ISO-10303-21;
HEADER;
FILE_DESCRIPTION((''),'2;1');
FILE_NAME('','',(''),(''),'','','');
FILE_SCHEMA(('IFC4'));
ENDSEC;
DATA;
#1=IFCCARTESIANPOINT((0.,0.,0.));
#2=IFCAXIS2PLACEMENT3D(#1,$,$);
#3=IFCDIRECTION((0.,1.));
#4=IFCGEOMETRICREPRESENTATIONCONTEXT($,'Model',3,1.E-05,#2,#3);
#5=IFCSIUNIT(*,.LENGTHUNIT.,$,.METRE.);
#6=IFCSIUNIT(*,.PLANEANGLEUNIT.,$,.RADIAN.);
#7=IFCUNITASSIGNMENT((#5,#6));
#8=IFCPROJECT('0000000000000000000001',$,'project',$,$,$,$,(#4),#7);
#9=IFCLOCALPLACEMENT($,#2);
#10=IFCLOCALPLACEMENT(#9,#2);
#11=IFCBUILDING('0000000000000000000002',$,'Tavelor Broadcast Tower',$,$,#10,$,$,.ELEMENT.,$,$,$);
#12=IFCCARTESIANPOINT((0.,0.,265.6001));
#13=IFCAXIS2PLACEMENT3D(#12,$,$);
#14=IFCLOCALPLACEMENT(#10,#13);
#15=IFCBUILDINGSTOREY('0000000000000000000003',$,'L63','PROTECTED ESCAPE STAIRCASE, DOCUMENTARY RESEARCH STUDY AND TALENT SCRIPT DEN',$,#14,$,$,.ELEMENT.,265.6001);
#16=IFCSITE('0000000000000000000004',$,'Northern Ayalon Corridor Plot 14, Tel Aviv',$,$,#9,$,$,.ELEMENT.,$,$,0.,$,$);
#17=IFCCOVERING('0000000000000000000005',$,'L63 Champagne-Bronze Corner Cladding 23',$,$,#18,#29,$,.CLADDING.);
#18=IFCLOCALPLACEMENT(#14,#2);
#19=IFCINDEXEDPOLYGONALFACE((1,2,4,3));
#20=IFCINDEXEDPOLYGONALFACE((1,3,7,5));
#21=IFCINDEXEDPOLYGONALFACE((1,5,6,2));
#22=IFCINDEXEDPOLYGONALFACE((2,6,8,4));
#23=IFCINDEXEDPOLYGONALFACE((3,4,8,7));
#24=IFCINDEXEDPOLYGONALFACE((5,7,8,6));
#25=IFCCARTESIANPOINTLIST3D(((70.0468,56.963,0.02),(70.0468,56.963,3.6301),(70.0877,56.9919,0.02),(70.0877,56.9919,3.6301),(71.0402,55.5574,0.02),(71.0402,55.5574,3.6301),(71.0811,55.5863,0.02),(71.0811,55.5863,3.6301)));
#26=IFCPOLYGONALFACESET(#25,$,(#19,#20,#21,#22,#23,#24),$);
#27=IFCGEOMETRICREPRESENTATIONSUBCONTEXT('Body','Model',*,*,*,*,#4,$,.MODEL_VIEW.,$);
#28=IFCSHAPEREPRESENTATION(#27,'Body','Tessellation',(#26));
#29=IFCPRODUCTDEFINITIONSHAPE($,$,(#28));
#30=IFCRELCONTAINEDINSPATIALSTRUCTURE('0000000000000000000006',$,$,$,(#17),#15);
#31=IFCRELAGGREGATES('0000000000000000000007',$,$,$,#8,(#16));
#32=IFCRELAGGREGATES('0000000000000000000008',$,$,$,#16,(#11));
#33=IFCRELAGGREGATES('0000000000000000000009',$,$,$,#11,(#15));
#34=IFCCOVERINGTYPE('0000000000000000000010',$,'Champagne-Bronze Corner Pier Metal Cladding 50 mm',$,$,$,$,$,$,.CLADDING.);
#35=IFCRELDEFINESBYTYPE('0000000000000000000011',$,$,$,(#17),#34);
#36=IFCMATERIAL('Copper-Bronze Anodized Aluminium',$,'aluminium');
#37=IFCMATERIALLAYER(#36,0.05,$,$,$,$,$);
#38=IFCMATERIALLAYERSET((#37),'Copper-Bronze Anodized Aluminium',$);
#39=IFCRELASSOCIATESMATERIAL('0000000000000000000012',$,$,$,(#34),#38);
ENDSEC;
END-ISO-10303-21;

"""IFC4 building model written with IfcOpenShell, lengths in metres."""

from ifc_helpers import new_model, si_unit, direction, frame, origin, origin_2d, place, context, subcontext, project, spatial, rectangle, extrude, material, layer, layer_set, type_object, element, save


model = new_model("IFC4")

# Units and contexts
model_context = context("Model", 3, precision=1e-05, world=origin(), true_north=direction((0.0, 1.0)))
body_context = subcontext(model_context, "Body", "Model", "MODEL_VIEW")
ifc_project = project(units=[si_unit("LENGTHUNIT", "METRE"), si_unit("PLANEANGLEUNIT", "RADIAN")], contexts=[model_context])

# Site, building, storey
site_placement = place(None, origin())
site = spatial("IfcSite", under=ifc_project, at=site_placement, Name="Northern Ayalon Corridor Plot 14, Tel Aviv", CompositionType="ELEMENT", RefElevation=0.0)
building_placement = place(site_placement, origin())
building = spatial("IfcBuilding", under=site, at=building_placement, Name="Tavelor Broadcast Tower", CompositionType="ELEMENT")
storey_placement = place(building_placement, frame((0.0, 0.0, 265.6001)))
storey = spatial("IfcBuildingStorey", under=building, at=storey_placement, Name="L63", Description="PROTECTED ESCAPE STAIRCASE, DOCUMENTARY RESEARCH STUDY AND TALENT SCRIPT DEN", CompositionType="ELEMENT", Elevation=265.6001)

# Covering
ifc_material_1 = material(Name="Copper-Bronze Anodized Aluminium", Category="aluminium")
ifc_layer_1 = layer(ifc_material_1, 0.05)
ifc_layer_set_1 = layer_set([ifc_layer_1], Name="Copper-Bronze Anodized Aluminium")
covering_type = type_object("IfcCoveringType", Name="Champagne-Bronze Corner Pier Metal Cladding 50 mm", PredefinedType="CLADDING", material=ifc_layer_set_1)
covering_placement = place(storey_placement, frame((70.564, 56.2747, 0.02), z_axis=(0.0, 0.0, 1.0), x_axis=(-0.577145, 0.816642, 0.0)))
element("IfcCovering", 1, at=covering_placement, inside=storey, type_object=covering_type, Name="L63 Champagne-Bronze Corner Cladding 23", PredefinedType="CLADDING", context=body_context, shape_type="SweptSolid", body=[
    extrude(rectangle(XDim=1.7212, YDim=0.05, at=origin_2d()), origin(), (0.0, 0.0, 1.0), 3.6101),
])

save(model, "model.ifc")
